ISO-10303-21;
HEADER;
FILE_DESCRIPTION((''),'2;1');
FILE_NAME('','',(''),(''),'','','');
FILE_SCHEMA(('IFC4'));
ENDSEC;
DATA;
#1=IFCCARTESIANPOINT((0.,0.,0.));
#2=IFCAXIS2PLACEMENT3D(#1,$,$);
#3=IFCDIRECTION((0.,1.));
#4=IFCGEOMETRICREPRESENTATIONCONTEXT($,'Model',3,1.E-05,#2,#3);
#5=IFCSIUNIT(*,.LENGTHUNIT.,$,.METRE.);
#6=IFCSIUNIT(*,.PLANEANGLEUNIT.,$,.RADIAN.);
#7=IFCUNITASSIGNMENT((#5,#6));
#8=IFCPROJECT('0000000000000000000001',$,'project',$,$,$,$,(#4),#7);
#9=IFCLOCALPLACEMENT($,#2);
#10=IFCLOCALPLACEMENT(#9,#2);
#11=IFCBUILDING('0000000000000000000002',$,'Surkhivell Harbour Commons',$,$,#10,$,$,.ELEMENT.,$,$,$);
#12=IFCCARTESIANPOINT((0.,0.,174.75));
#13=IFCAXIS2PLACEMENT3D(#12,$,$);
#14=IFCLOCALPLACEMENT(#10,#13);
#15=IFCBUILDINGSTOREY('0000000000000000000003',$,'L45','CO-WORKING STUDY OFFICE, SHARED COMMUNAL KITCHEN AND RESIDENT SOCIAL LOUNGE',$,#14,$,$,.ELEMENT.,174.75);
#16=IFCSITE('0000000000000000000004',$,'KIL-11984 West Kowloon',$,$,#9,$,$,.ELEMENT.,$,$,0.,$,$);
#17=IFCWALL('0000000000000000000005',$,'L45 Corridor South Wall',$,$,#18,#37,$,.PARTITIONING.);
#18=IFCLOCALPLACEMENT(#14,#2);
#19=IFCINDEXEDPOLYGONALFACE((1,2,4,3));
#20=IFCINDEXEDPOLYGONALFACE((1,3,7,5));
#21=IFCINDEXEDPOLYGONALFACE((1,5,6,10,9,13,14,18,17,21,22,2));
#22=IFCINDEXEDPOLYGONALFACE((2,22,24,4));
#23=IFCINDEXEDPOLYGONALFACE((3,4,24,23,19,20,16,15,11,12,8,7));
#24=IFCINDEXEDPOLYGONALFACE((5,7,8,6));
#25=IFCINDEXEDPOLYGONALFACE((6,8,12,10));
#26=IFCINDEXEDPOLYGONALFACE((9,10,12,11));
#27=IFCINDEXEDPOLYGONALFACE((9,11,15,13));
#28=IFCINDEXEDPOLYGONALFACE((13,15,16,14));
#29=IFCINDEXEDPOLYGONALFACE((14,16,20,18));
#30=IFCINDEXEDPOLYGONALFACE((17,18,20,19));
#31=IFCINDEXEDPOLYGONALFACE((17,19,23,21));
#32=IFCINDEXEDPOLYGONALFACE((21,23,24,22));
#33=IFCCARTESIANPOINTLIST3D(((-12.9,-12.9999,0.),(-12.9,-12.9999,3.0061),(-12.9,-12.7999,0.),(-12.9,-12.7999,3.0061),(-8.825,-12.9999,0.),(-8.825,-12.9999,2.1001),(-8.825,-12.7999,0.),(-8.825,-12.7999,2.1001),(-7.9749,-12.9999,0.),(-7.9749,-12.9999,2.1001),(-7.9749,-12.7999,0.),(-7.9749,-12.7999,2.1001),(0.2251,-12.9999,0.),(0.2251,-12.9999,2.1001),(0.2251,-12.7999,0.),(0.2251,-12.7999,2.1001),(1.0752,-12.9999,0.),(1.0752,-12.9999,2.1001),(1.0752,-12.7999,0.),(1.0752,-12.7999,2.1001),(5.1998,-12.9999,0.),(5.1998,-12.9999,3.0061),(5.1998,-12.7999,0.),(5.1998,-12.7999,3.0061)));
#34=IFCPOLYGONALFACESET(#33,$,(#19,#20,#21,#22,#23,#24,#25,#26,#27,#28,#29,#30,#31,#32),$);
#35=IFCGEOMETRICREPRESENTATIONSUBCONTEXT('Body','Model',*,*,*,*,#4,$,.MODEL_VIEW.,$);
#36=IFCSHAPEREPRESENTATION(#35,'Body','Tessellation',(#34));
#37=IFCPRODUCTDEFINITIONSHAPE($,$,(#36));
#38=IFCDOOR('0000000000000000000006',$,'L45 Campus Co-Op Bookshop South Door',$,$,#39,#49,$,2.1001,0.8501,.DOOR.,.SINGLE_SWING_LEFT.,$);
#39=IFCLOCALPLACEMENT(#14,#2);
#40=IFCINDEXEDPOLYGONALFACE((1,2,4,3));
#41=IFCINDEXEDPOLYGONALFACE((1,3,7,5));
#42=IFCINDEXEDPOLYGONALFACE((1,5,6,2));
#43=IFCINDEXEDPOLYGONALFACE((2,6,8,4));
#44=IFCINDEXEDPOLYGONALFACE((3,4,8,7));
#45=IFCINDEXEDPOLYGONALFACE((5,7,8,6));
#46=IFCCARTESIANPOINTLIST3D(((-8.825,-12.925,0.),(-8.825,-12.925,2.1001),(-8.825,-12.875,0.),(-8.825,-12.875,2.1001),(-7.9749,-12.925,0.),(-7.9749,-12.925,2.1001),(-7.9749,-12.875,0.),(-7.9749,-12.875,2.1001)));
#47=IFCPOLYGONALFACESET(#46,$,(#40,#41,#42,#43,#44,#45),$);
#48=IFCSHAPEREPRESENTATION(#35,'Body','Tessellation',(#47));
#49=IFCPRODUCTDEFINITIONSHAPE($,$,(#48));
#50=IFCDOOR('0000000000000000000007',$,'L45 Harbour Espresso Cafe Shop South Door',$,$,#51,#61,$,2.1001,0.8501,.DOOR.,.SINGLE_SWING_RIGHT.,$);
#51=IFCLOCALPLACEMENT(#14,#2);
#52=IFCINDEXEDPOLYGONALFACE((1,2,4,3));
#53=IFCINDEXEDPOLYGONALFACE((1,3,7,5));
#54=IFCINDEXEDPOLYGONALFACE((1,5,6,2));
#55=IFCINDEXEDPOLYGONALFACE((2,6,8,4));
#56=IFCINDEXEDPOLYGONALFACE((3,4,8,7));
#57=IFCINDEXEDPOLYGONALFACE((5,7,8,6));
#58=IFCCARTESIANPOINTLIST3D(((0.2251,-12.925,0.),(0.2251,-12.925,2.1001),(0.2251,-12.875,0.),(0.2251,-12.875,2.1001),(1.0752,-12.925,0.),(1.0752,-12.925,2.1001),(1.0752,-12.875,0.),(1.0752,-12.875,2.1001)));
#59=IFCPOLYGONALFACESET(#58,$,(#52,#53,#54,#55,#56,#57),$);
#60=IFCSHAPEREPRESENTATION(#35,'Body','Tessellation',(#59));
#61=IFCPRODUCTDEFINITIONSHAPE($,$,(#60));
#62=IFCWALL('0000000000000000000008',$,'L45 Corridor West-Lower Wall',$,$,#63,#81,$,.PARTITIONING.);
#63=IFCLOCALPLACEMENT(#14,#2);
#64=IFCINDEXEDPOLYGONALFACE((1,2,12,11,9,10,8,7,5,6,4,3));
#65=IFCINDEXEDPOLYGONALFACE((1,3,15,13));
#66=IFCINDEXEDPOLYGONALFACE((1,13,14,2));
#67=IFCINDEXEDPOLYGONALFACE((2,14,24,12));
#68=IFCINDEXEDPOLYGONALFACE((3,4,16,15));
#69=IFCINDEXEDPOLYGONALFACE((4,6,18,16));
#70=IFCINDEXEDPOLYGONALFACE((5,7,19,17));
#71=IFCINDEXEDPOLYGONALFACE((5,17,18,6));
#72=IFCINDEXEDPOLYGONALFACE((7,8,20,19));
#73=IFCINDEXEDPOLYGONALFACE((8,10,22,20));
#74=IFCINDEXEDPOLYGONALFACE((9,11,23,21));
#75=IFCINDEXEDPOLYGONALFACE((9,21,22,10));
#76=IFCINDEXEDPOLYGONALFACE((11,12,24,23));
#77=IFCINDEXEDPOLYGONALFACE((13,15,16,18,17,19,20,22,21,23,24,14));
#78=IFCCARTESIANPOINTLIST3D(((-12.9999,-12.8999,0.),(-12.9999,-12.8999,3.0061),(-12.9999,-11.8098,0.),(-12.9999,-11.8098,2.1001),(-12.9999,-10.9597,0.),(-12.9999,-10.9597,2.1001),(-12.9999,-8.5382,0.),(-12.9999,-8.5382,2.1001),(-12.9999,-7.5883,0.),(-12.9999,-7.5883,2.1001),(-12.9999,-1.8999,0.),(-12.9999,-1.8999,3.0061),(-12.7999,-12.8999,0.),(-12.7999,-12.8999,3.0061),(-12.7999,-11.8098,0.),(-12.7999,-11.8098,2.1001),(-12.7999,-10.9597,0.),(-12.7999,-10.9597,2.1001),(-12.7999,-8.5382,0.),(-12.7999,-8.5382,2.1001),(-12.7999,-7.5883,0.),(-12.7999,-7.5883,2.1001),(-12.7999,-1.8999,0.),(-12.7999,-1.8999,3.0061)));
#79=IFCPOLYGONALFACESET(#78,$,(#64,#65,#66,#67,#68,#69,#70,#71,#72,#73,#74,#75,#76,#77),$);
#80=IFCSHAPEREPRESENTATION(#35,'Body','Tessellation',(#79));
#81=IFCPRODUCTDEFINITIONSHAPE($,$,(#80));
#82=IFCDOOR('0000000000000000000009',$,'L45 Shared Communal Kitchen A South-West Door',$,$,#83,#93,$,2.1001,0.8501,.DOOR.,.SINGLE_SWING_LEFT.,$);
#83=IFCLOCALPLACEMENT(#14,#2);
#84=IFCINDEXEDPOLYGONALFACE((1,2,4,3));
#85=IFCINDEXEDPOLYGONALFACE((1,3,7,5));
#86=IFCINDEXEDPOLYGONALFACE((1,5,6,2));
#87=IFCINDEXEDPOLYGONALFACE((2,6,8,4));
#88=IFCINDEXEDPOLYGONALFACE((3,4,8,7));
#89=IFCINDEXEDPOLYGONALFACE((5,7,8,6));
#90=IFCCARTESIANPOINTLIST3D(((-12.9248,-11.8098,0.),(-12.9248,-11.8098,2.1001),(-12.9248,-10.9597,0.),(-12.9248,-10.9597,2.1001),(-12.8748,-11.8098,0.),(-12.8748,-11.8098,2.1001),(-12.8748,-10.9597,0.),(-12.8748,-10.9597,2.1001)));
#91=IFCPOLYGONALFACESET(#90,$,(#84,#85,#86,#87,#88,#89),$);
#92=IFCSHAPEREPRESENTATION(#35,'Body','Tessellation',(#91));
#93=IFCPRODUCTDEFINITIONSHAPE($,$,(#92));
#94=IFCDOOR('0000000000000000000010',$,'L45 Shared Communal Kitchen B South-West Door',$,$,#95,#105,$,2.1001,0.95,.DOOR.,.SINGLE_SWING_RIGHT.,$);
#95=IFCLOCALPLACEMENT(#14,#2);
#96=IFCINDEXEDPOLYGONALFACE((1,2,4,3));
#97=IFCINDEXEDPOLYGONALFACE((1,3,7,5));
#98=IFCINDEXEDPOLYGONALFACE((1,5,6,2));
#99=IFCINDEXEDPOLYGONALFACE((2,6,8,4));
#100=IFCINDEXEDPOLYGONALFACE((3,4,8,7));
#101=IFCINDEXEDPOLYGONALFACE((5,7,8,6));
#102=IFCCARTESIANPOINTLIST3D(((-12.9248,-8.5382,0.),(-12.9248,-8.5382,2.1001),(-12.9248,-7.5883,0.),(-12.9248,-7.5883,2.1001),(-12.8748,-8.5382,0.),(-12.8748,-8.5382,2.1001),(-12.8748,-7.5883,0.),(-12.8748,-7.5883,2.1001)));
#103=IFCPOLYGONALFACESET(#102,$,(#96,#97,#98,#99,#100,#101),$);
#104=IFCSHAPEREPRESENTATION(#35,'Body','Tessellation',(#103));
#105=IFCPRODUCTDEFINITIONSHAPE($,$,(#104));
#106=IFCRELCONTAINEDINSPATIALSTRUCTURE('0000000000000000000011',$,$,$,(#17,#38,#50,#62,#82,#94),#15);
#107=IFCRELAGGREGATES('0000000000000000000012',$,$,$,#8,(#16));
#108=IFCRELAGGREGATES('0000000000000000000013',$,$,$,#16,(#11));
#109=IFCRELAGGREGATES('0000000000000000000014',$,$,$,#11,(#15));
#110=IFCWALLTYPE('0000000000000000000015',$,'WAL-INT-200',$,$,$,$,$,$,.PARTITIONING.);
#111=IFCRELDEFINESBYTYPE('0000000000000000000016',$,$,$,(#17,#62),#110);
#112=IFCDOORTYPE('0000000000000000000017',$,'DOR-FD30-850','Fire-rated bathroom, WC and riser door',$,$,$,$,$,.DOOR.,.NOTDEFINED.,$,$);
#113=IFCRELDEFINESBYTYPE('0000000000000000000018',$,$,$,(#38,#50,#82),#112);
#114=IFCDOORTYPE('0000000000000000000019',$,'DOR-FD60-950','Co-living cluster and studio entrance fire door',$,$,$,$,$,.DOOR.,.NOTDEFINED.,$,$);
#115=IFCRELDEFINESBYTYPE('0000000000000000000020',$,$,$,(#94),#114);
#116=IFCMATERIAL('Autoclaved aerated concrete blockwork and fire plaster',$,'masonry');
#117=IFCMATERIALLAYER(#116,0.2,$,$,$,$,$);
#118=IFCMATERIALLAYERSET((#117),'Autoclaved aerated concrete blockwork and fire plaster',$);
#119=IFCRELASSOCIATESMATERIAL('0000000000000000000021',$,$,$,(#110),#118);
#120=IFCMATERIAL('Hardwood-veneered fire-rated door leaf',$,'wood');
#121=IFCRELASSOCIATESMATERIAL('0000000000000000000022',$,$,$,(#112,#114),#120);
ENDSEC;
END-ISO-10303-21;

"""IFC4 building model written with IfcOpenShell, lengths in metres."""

from ifc_helpers import new_model, si_unit, direction, frame, frame_2d, origin, place, context, subcontext, project, spatial, rectangle, extrude, material, layer, layer_set, type_object, element, fill, save


model = new_model("IFC4")

# Units and contexts
model_context = context("Model", 3, precision=1e-05, world=origin(), true_north=direction((0.0, 1.0)))
body_context = subcontext(model_context, "Body", "Model", "MODEL_VIEW")
ifc_project = project(units=[si_unit("LENGTHUNIT", "METRE"), si_unit("PLANEANGLEUNIT", "RADIAN")], contexts=[model_context])

# Site, building, storey
site_placement = place(None, origin())
site = spatial("IfcSite", under=ifc_project, at=site_placement, Name="KIL-11984 West Kowloon", CompositionType="ELEMENT", RefElevation=0.0)
building_placement = place(site_placement, origin())
building = spatial("IfcBuilding", under=site, at=building_placement, Name="Surkhivell Harbour Commons", CompositionType="ELEMENT")
storey_placement = place(building_placement, frame((0.0, 0.0, 174.75)))
storey = spatial("IfcBuildingStorey", under=building, at=storey_placement, Name="L45", Description="CO-WORKING STUDY OFFICE, SHARED COMMUNAL KITCHEN AND RESIDENT SOCIAL LOUNGE", CompositionType="ELEMENT", Elevation=174.75)

# Shared definitions
ifc_material_1 = material(Name="Autoclaved aerated concrete blockwork and fire plaster", Category="masonry")
ifc_layer_1 = layer(ifc_material_1, 0.2)
ifc_layer_set_1 = layer_set([ifc_layer_1], Name="Autoclaved aerated concrete blockwork and fire plaster")
wall_type_1 = type_object("IfcWallType", Name="WAL-INT-200", PredefinedType="PARTITIONING", material=ifc_layer_set_1)

# Walls, openings, doors
wall_1_placement = place(storey_placement, frame((-12.8999, -12.8999, 0.0), z_axis=(0.0, 0.0, 1.0), x_axis=(1.0, 0.0, 0.0)))
wall_1 = element("IfcWall", 1, at=wall_1_placement, inside=storey, type_object=wall_type_1, Name="L45 Corridor South Wall", PredefinedType="PARTITIONING", context=body_context, shape_type="SweptSolid", body=[
    extrude(rectangle(XDim=18.0999, YDim=0.2, at=frame_2d((9.0498, 0.0))), origin(), (0.0, 0.0, 1.0), 3.0061),
])
opening_1_placement = place(wall_1_placement, frame((4.075, 0.0, 0.0)))
opening_1 = element("IfcOpeningElement", 2, at=opening_1_placement, cuts=wall_1, PredefinedType="OPENING", context=body_context, shape_type="SweptSolid", body=[
    extrude(rectangle(XDim=0.8501, YDim=2.1001, at=frame_2d((0.425, 1.05))), frame((0.0, 0.1099, 0.0), z_axis=(0.0, -1.0, 0.0), x_axis=(1.0, 0.0, 0.0)), (0.0, 0.0, 1.0), 0.22),
])
opening_2_placement = place(wall_1_placement, frame((13.125, 0.0, 0.0)))
opening_2 = element("IfcOpeningElement", 3, at=opening_2_placement, cuts=wall_1, PredefinedType="OPENING", context=body_context, shape_type="SweptSolid", body=[
    extrude(rectangle(XDim=0.8501, YDim=2.1001, at=frame_2d((0.425, 1.05))), frame((0.0, 0.1099, 0.0), z_axis=(0.0, -1.0, 0.0), x_axis=(1.0, 0.0, 0.0)), (0.0, 0.0, 1.0), 0.22),
])
ifc_material_2 = material(Name="Hardwood-veneered fire-rated door leaf", Category="wood")
door_type_1 = type_object("IfcDoorType", Name="DOR-FD30-850", Description="Fire-rated bathroom, WC and riser door", OperationType="NOTDEFINED", PredefinedType="DOOR", material=ifc_material_2)
door_1_placement = place(opening_1_placement, origin())
door_1 = element("IfcDoor", 4, at=door_1_placement, inside=storey, type_object=door_type_1, Name="L45 Campus Co-Op Bookshop South Door", OperationType="SINGLE_SWING_LEFT", OverallHeight=2.1001, OverallWidth=0.8501, PredefinedType="DOOR", context=body_context, shape_type="SweptSolid", body=[
    extrude(rectangle(XDim=0.8501, YDim=2.1001, at=frame_2d((0.425, 1.05))), frame((0.0, 0.0249, 0.0), z_axis=(0.0, -1.0, 0.0), x_axis=(1.0, 0.0, 0.0)), (0.0, 0.0, 1.0), 0.05),
])
fill(opening_1, door_1)
door_2_placement = place(opening_2_placement, origin())
door_2 = element("IfcDoor", 5, at=door_2_placement, inside=storey, type_object=door_type_1, Name="L45 Harbour Espresso Cafe Shop South Door", OperationType="SINGLE_SWING_RIGHT", OverallHeight=2.1001, OverallWidth=0.8501, PredefinedType="DOOR", context=body_context, shape_type="SweptSolid", body=[
    extrude(rectangle(XDim=0.8501, YDim=2.1001, at=frame_2d((0.425, 1.05))), frame((0.0, 0.0249, 0.0), z_axis=(0.0, -1.0, 0.0), x_axis=(1.0, 0.0, 0.0)), (0.0, 0.0, 1.0), 0.05),
])
fill(opening_2, door_2)
wall_2_placement = place(storey_placement, frame((-12.8999, -12.8999, 0.0), z_axis=(0.0, 0.0, 1.0), x_axis=(0.0, 1.0, 0.0)))
wall_2 = element("IfcWall", 6, at=wall_2_placement, inside=storey, type_object=wall_type_1, Name="L45 Corridor West-Lower Wall", PredefinedType="PARTITIONING", context=body_context, shape_type="SweptSolid", body=[
    extrude(rectangle(XDim=11.0, YDim=0.2, at=frame_2d((5.5, 0.0))), origin(), (0.0, 0.0, 1.0), 3.0061),
])
opening_3_placement = place(wall_2_placement, frame((1.0901, 0.0, 0.0)))
opening_3 = element("IfcOpeningElement", 7, at=opening_3_placement, cuts=wall_2, PredefinedType="OPENING", context=body_context, shape_type="SweptSolid", body=[
    extrude(rectangle(XDim=0.8501, YDim=2.1001, at=frame_2d((0.425, 1.05))), frame((0.0, 0.1099, 0.0), z_axis=(0.0, -1.0, 0.0), x_axis=(1.0, 0.0, 0.0)), (0.0, 0.0, 1.0), 0.22),
])
opening_4_placement = place(wall_2_placement, frame((4.3616, 0.0, 0.0)))
opening_4 = element("IfcOpeningElement", 8, at=opening_4_placement, cuts=wall_2, PredefinedType="OPENING", context=body_context, shape_type="SweptSolid", body=[
    extrude(rectangle(XDim=0.95, YDim=2.1001, at=frame_2d((0.4751, 1.05))), frame((0.0, 0.1099, 0.0), z_axis=(0.0, -1.0, 0.0), x_axis=(1.0, 0.0, 0.0)), (0.0, 0.0, 1.0), 0.22),
])
door_3_placement = place(opening_3_placement, origin())
door_3 = element("IfcDoor", 9, at=door_3_placement, inside=storey, type_object=door_type_1, Name="L45 Shared Communal Kitchen A South-West Door", OperationType="SINGLE_SWING_LEFT", OverallHeight=2.1001, OverallWidth=0.8501, PredefinedType="DOOR", context=body_context, shape_type="SweptSolid", body=[
    extrude(rectangle(XDim=0.8501, YDim=2.1001, at=frame_2d((0.425, 1.05))), frame((0.0, 0.0249, 0.0), z_axis=(0.0, -1.0, 0.0), x_axis=(1.0, 0.0, 0.0)), (0.0, 0.0, 1.0), 0.05),
])
fill(opening_3, door_3)
door_type_2 = type_object("IfcDoorType", Name="DOR-FD60-950", Description="Co-living cluster and studio entrance fire door", OperationType="NOTDEFINED", PredefinedType="DOOR", material=ifc_material_2)
door_4_placement = place(opening_4_placement, origin())
door_4 = element("IfcDoor", 10, at=door_4_placement, inside=storey, type_object=door_type_2, Name="L45 Shared Communal Kitchen B South-West Door", OperationType="SINGLE_SWING_RIGHT", OverallHeight=2.1001, OverallWidth=0.95, PredefinedType="DOOR", context=body_context, shape_type="SweptSolid", body=[
    extrude(rectangle(XDim=0.95, YDim=2.1001, at=frame_2d((0.4751, 1.05))), frame((0.0, 0.0249, 0.0), z_axis=(0.0, -1.0, 0.0), x_axis=(1.0, 0.0, 0.0)), (0.0, 0.0, 1.0), 0.05),
])
fill(opening_4, door_4)

save(model, "model.ifc")
